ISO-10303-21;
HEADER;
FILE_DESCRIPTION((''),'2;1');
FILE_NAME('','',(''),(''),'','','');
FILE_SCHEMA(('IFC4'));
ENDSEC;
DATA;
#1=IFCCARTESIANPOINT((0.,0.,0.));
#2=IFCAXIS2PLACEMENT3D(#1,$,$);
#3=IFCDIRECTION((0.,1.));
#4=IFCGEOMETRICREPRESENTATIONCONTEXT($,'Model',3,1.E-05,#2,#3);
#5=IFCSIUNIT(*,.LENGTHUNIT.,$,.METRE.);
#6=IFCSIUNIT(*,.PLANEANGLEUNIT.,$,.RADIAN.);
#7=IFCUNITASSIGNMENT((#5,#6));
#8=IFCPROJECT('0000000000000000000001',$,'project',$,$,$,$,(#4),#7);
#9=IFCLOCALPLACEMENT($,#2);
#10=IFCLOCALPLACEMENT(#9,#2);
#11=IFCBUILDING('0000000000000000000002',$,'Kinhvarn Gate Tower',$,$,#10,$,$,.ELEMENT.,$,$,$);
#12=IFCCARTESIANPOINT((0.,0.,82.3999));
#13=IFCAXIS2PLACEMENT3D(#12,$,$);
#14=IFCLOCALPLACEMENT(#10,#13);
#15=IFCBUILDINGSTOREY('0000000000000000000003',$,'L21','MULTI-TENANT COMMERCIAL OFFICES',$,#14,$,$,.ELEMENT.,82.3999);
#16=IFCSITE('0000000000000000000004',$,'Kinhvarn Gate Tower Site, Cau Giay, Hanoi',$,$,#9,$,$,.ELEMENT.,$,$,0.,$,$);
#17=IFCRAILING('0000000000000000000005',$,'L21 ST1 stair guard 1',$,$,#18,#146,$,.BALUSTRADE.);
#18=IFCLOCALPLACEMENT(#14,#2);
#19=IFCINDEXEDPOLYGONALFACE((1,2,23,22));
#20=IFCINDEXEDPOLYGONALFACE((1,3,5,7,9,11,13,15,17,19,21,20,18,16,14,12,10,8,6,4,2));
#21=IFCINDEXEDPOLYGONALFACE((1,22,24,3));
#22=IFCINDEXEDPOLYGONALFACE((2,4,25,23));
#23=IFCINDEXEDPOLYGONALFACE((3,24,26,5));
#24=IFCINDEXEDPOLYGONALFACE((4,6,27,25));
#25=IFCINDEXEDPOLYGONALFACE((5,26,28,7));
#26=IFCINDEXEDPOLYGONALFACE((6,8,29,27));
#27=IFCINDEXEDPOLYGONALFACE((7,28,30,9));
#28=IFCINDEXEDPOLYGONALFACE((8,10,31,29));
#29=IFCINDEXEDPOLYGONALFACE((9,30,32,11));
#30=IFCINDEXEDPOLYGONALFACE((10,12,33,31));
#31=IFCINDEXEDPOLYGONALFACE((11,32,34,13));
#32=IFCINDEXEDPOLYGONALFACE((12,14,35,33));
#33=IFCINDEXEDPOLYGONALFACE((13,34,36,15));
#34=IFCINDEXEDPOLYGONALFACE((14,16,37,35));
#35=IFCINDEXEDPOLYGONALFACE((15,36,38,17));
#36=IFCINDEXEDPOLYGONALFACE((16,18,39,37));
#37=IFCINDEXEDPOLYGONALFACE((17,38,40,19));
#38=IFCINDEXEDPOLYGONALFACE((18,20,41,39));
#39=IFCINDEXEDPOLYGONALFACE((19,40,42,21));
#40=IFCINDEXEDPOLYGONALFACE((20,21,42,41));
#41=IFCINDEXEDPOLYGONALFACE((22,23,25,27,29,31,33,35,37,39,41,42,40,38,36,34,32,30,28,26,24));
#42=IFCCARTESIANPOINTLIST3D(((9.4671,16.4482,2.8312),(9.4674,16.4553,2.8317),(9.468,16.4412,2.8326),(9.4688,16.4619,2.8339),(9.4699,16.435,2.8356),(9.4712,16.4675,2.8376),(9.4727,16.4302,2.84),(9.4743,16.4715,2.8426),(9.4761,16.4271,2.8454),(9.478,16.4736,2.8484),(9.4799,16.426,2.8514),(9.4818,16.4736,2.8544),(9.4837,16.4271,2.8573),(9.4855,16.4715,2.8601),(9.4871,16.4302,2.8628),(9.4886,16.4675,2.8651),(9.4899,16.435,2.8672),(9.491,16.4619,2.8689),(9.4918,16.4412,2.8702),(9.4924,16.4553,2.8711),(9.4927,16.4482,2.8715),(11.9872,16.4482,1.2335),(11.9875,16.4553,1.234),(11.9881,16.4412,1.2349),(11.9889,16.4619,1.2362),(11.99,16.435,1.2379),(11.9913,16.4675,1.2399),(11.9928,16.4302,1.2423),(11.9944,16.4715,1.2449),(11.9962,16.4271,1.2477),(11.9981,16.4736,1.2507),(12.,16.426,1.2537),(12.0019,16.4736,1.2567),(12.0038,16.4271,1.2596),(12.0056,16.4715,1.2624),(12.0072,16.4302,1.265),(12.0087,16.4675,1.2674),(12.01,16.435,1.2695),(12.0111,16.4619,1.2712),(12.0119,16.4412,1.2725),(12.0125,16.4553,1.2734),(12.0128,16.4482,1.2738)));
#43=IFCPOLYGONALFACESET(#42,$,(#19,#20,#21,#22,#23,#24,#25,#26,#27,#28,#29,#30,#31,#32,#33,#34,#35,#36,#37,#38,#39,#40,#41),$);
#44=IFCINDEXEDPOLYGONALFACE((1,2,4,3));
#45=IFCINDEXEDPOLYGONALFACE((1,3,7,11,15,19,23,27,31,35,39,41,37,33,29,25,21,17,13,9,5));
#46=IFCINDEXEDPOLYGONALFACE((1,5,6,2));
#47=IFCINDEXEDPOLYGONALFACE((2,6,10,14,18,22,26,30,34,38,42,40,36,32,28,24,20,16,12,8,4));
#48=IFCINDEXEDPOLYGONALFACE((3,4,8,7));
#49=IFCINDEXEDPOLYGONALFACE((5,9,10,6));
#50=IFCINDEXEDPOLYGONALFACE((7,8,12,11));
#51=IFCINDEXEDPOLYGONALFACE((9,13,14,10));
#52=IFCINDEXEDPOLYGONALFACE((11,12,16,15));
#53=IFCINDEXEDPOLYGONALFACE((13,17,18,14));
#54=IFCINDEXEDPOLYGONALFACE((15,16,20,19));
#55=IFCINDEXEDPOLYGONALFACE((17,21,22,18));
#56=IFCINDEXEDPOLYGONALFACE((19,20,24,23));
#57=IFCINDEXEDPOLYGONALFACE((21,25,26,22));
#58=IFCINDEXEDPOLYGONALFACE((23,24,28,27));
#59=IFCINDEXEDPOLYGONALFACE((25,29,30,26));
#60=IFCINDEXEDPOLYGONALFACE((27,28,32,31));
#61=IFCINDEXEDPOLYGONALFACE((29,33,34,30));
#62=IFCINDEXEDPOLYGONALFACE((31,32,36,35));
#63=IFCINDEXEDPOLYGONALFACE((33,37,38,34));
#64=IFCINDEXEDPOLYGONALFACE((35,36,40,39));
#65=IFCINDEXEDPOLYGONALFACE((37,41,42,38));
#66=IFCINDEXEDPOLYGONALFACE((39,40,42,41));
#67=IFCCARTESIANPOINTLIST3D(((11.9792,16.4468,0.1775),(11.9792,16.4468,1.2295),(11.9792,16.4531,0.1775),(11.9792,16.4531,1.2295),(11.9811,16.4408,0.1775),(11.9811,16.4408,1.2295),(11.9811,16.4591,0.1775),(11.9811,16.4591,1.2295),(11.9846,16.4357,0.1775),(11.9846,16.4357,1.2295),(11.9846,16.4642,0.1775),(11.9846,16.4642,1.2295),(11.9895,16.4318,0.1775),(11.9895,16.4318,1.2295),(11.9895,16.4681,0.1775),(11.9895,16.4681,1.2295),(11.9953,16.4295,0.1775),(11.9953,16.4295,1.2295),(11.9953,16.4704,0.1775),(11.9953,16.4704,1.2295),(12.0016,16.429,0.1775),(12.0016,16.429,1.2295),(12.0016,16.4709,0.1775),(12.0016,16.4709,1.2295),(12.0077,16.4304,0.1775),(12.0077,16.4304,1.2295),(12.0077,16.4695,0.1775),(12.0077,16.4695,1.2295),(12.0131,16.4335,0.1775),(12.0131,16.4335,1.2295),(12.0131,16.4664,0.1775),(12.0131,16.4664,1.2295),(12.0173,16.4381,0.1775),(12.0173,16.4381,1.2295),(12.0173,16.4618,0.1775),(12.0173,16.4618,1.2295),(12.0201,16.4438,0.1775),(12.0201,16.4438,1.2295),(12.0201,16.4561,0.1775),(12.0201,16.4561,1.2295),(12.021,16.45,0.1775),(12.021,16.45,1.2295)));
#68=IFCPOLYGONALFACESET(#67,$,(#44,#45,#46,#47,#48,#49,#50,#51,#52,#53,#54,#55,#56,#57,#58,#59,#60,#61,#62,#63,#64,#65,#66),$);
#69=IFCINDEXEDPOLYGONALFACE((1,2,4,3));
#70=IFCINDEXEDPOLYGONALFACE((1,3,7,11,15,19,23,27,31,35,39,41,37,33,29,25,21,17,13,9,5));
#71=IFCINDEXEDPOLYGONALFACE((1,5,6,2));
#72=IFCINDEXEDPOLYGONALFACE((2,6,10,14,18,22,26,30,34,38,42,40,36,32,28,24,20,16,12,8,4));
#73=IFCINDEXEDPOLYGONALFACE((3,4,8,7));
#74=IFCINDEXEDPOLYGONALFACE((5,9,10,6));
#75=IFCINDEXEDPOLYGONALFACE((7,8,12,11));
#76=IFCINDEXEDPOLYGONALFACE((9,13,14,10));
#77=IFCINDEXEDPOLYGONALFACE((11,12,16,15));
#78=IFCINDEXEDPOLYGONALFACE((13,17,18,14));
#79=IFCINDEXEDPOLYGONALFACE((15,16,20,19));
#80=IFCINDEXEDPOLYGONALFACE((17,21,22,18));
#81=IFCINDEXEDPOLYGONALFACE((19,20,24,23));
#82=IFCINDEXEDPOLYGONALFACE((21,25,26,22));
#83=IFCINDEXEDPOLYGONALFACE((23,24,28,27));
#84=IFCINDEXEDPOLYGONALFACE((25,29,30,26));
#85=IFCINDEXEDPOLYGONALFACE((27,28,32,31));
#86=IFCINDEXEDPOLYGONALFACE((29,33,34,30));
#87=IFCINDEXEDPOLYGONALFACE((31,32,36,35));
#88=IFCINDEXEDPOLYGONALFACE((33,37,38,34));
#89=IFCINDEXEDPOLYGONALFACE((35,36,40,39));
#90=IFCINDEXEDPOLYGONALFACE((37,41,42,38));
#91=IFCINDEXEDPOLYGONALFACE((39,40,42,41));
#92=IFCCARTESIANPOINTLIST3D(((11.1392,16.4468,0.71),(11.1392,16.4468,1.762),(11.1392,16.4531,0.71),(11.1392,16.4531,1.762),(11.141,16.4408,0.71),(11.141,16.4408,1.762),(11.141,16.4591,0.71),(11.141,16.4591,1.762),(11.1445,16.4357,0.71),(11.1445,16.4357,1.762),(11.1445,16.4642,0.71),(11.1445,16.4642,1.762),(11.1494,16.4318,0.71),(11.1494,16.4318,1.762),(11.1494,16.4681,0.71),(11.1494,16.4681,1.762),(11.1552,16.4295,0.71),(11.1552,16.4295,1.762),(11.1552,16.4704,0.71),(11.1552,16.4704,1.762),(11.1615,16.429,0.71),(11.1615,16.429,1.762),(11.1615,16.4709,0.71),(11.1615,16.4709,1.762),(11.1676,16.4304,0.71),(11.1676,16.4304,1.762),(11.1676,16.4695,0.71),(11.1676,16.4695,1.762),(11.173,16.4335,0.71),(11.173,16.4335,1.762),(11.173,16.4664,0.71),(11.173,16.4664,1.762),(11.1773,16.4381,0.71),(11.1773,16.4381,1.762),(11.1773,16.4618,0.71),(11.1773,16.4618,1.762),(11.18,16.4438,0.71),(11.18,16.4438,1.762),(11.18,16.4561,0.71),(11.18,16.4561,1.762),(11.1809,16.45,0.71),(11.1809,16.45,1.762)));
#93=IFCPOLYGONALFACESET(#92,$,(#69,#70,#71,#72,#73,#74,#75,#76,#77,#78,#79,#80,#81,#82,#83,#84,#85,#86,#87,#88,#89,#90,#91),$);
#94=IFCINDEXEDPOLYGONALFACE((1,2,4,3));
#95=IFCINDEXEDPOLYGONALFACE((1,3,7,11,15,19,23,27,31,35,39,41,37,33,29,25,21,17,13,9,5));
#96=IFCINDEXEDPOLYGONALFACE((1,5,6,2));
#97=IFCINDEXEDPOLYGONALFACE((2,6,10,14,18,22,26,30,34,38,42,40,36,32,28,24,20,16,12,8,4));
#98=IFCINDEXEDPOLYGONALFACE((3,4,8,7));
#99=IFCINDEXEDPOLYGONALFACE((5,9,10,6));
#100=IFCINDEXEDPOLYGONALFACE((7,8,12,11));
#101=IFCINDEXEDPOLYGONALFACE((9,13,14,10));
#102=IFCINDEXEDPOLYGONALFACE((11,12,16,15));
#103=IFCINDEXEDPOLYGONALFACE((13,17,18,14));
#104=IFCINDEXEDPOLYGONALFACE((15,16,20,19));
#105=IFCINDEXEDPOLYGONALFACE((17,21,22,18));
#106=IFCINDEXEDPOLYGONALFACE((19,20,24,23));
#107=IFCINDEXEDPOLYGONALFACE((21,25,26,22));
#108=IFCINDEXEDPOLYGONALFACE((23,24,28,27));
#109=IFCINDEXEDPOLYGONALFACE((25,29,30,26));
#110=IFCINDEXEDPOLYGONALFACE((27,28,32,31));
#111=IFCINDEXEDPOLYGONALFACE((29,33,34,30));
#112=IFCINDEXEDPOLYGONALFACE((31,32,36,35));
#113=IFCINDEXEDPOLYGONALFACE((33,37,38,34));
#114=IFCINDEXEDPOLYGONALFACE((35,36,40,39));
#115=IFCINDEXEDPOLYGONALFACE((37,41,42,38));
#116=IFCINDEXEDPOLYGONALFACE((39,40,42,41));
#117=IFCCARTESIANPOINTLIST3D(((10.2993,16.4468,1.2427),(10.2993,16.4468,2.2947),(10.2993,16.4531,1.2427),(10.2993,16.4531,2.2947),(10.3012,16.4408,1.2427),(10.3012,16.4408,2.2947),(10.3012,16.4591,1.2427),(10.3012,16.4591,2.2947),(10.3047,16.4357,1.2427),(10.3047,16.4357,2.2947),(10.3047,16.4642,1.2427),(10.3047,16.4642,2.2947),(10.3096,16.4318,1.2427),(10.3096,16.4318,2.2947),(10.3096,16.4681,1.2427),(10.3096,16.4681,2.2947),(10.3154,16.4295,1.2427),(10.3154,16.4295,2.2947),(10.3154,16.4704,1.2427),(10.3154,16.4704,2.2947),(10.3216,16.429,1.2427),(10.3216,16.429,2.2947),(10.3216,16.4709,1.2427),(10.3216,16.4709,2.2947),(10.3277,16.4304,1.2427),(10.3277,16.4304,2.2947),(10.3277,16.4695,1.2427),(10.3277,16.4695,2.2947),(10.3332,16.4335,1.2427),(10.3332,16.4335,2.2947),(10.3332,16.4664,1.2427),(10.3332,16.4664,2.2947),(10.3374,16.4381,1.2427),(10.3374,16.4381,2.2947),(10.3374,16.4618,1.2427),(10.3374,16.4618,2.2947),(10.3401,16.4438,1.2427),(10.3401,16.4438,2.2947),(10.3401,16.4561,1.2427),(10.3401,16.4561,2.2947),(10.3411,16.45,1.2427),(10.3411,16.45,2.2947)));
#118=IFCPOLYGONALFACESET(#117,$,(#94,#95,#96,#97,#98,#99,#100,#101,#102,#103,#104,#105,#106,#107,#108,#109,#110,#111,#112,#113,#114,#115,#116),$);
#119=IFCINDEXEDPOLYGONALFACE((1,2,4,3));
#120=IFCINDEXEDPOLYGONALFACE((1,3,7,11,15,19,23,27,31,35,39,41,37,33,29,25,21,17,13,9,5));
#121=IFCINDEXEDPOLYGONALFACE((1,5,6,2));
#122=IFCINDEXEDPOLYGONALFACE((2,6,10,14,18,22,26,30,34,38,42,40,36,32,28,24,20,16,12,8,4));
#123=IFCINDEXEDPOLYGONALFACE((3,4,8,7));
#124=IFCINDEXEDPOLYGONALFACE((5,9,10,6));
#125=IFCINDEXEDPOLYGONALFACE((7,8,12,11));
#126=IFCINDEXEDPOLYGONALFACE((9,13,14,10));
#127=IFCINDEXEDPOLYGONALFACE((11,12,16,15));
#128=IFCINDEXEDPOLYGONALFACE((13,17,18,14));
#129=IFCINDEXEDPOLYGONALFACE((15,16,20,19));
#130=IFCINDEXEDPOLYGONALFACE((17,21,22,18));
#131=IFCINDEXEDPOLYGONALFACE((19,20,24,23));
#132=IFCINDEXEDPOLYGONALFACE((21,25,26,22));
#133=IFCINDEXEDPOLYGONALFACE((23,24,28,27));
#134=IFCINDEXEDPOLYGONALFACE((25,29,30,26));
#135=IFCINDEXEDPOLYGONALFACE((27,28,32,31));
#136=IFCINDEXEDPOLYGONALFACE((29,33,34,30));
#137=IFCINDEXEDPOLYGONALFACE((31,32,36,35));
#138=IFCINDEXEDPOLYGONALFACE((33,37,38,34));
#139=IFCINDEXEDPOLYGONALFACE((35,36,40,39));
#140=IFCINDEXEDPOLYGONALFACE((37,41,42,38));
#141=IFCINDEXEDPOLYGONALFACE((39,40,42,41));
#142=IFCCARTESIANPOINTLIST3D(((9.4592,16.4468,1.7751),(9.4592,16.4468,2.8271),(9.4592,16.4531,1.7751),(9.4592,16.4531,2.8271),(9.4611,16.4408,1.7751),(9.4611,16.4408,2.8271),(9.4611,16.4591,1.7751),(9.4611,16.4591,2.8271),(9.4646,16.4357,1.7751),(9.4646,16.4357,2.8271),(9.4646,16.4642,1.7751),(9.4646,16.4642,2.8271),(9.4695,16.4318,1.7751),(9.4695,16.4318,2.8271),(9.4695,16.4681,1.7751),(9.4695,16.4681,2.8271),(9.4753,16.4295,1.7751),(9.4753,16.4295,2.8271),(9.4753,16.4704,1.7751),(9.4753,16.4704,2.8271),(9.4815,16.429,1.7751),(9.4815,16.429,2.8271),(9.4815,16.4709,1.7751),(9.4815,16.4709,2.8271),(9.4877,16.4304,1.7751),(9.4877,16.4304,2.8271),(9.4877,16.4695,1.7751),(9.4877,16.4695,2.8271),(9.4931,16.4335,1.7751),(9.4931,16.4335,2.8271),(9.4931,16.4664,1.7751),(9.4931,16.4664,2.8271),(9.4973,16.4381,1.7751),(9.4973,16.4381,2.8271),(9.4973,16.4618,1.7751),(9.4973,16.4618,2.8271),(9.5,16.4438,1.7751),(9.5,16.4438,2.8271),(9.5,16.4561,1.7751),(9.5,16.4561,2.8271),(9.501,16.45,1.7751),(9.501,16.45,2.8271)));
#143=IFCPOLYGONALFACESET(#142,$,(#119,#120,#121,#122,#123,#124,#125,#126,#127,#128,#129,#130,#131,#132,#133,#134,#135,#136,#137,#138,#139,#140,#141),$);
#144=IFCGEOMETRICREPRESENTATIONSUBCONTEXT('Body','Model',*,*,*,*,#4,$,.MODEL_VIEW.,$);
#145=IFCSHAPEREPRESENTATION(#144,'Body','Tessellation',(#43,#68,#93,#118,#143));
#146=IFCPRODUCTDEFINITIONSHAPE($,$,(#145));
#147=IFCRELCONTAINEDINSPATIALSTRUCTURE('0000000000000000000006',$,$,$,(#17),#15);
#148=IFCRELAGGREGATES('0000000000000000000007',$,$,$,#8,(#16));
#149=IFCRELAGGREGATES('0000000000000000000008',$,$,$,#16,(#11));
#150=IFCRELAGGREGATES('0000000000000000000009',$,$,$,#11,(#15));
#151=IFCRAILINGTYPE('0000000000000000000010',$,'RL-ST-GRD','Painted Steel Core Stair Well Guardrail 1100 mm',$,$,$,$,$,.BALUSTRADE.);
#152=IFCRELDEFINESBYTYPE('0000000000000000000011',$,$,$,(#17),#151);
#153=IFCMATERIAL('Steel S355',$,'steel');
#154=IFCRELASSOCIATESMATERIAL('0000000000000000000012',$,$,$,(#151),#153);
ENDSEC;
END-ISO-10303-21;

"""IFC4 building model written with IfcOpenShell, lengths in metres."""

from ifc_helpers import new_model, si_unit, direction, frame, origin, origin_2d, place, context, subcontext, project, spatial, circle, extrude, material, type_object, element, save


model = new_model("IFC4")

# Units and contexts
model_context = context("Model", 3, precision=1e-05, world=origin(), true_north=direction((0.0, 1.0)))
body_context = subcontext(model_context, "Body", "Model", "MODEL_VIEW")
ifc_project = project(units=[si_unit("LENGTHUNIT", "METRE"), si_unit("PLANEANGLEUNIT", "RADIAN")], contexts=[model_context])

# Site, building, storey
site_placement = place(None, origin())
site = spatial("IfcSite", under=ifc_project, at=site_placement, Name="Kinhvarn Gate Tower Site, Cau Giay, Hanoi", CompositionType="ELEMENT", RefElevation=0.0)
building_placement = place(site_placement, origin())
building = spatial("IfcBuilding", under=site, at=building_placement, Name="Kinhvarn Gate Tower", CompositionType="ELEMENT")
storey_placement = place(building_placement, frame((0.0, 0.0, 82.3999)))
storey = spatial("IfcBuildingStorey", under=building, at=storey_placement, Name="L21", Description="MULTI-TENANT COMMERCIAL OFFICES", CompositionType="ELEMENT", Elevation=82.3999)

# Shared definitions
ifc_material_1 = material(Name="Steel S355", Category="steel")

# Railing
railing_type_1 = type_object("IfcRailingType", Name="RL-ST-GRD", Description="Painted Steel Core Stair Well Guardrail 1100 mm", PredefinedType="BALUSTRADE", material=ifc_material_1)
railing_1_placement = place(storey_placement, frame((12.0, 16.45, 0.1775)))
element("IfcRailing", 1, at=railing_1_placement, inside=storey, type_object=railing_type_1, Name="L21 ST1 stair guard 1", PredefinedType="BALUSTRADE", context=body_context, shape_type="SweptSolid", body=[
    extrude(circle(Radius=0.0239, at=origin_2d()), frame((0.0, 0.0, 1.0762), z_axis=(-0.84457, 0.0, 0.535445), x_axis=(0.0, -1.0, 0.0)), (0.0, 0.0, 1.0), 2.9839),
    extrude(circle(Radius=0.021, at=origin_2d()), origin(), (0.0, 0.0, 1.0), 1.052),
    extrude(circle(Radius=0.021, at=origin_2d()), frame((-0.8401, 0.0, 0.5325)), (0.0, 0.0, 1.0), 1.052),
    extrude(circle(Radius=0.021, at=origin_2d()), frame((-1.6799, 0.0, 1.0652)), (0.0, 0.0, 1.0), 1.052),
    extrude(circle(Radius=0.021, at=origin_2d()), frame((-2.52, 0.0, 1.5977)), (0.0, 0.0, 1.0), 1.052),
])

save(model, "model.ifc")
